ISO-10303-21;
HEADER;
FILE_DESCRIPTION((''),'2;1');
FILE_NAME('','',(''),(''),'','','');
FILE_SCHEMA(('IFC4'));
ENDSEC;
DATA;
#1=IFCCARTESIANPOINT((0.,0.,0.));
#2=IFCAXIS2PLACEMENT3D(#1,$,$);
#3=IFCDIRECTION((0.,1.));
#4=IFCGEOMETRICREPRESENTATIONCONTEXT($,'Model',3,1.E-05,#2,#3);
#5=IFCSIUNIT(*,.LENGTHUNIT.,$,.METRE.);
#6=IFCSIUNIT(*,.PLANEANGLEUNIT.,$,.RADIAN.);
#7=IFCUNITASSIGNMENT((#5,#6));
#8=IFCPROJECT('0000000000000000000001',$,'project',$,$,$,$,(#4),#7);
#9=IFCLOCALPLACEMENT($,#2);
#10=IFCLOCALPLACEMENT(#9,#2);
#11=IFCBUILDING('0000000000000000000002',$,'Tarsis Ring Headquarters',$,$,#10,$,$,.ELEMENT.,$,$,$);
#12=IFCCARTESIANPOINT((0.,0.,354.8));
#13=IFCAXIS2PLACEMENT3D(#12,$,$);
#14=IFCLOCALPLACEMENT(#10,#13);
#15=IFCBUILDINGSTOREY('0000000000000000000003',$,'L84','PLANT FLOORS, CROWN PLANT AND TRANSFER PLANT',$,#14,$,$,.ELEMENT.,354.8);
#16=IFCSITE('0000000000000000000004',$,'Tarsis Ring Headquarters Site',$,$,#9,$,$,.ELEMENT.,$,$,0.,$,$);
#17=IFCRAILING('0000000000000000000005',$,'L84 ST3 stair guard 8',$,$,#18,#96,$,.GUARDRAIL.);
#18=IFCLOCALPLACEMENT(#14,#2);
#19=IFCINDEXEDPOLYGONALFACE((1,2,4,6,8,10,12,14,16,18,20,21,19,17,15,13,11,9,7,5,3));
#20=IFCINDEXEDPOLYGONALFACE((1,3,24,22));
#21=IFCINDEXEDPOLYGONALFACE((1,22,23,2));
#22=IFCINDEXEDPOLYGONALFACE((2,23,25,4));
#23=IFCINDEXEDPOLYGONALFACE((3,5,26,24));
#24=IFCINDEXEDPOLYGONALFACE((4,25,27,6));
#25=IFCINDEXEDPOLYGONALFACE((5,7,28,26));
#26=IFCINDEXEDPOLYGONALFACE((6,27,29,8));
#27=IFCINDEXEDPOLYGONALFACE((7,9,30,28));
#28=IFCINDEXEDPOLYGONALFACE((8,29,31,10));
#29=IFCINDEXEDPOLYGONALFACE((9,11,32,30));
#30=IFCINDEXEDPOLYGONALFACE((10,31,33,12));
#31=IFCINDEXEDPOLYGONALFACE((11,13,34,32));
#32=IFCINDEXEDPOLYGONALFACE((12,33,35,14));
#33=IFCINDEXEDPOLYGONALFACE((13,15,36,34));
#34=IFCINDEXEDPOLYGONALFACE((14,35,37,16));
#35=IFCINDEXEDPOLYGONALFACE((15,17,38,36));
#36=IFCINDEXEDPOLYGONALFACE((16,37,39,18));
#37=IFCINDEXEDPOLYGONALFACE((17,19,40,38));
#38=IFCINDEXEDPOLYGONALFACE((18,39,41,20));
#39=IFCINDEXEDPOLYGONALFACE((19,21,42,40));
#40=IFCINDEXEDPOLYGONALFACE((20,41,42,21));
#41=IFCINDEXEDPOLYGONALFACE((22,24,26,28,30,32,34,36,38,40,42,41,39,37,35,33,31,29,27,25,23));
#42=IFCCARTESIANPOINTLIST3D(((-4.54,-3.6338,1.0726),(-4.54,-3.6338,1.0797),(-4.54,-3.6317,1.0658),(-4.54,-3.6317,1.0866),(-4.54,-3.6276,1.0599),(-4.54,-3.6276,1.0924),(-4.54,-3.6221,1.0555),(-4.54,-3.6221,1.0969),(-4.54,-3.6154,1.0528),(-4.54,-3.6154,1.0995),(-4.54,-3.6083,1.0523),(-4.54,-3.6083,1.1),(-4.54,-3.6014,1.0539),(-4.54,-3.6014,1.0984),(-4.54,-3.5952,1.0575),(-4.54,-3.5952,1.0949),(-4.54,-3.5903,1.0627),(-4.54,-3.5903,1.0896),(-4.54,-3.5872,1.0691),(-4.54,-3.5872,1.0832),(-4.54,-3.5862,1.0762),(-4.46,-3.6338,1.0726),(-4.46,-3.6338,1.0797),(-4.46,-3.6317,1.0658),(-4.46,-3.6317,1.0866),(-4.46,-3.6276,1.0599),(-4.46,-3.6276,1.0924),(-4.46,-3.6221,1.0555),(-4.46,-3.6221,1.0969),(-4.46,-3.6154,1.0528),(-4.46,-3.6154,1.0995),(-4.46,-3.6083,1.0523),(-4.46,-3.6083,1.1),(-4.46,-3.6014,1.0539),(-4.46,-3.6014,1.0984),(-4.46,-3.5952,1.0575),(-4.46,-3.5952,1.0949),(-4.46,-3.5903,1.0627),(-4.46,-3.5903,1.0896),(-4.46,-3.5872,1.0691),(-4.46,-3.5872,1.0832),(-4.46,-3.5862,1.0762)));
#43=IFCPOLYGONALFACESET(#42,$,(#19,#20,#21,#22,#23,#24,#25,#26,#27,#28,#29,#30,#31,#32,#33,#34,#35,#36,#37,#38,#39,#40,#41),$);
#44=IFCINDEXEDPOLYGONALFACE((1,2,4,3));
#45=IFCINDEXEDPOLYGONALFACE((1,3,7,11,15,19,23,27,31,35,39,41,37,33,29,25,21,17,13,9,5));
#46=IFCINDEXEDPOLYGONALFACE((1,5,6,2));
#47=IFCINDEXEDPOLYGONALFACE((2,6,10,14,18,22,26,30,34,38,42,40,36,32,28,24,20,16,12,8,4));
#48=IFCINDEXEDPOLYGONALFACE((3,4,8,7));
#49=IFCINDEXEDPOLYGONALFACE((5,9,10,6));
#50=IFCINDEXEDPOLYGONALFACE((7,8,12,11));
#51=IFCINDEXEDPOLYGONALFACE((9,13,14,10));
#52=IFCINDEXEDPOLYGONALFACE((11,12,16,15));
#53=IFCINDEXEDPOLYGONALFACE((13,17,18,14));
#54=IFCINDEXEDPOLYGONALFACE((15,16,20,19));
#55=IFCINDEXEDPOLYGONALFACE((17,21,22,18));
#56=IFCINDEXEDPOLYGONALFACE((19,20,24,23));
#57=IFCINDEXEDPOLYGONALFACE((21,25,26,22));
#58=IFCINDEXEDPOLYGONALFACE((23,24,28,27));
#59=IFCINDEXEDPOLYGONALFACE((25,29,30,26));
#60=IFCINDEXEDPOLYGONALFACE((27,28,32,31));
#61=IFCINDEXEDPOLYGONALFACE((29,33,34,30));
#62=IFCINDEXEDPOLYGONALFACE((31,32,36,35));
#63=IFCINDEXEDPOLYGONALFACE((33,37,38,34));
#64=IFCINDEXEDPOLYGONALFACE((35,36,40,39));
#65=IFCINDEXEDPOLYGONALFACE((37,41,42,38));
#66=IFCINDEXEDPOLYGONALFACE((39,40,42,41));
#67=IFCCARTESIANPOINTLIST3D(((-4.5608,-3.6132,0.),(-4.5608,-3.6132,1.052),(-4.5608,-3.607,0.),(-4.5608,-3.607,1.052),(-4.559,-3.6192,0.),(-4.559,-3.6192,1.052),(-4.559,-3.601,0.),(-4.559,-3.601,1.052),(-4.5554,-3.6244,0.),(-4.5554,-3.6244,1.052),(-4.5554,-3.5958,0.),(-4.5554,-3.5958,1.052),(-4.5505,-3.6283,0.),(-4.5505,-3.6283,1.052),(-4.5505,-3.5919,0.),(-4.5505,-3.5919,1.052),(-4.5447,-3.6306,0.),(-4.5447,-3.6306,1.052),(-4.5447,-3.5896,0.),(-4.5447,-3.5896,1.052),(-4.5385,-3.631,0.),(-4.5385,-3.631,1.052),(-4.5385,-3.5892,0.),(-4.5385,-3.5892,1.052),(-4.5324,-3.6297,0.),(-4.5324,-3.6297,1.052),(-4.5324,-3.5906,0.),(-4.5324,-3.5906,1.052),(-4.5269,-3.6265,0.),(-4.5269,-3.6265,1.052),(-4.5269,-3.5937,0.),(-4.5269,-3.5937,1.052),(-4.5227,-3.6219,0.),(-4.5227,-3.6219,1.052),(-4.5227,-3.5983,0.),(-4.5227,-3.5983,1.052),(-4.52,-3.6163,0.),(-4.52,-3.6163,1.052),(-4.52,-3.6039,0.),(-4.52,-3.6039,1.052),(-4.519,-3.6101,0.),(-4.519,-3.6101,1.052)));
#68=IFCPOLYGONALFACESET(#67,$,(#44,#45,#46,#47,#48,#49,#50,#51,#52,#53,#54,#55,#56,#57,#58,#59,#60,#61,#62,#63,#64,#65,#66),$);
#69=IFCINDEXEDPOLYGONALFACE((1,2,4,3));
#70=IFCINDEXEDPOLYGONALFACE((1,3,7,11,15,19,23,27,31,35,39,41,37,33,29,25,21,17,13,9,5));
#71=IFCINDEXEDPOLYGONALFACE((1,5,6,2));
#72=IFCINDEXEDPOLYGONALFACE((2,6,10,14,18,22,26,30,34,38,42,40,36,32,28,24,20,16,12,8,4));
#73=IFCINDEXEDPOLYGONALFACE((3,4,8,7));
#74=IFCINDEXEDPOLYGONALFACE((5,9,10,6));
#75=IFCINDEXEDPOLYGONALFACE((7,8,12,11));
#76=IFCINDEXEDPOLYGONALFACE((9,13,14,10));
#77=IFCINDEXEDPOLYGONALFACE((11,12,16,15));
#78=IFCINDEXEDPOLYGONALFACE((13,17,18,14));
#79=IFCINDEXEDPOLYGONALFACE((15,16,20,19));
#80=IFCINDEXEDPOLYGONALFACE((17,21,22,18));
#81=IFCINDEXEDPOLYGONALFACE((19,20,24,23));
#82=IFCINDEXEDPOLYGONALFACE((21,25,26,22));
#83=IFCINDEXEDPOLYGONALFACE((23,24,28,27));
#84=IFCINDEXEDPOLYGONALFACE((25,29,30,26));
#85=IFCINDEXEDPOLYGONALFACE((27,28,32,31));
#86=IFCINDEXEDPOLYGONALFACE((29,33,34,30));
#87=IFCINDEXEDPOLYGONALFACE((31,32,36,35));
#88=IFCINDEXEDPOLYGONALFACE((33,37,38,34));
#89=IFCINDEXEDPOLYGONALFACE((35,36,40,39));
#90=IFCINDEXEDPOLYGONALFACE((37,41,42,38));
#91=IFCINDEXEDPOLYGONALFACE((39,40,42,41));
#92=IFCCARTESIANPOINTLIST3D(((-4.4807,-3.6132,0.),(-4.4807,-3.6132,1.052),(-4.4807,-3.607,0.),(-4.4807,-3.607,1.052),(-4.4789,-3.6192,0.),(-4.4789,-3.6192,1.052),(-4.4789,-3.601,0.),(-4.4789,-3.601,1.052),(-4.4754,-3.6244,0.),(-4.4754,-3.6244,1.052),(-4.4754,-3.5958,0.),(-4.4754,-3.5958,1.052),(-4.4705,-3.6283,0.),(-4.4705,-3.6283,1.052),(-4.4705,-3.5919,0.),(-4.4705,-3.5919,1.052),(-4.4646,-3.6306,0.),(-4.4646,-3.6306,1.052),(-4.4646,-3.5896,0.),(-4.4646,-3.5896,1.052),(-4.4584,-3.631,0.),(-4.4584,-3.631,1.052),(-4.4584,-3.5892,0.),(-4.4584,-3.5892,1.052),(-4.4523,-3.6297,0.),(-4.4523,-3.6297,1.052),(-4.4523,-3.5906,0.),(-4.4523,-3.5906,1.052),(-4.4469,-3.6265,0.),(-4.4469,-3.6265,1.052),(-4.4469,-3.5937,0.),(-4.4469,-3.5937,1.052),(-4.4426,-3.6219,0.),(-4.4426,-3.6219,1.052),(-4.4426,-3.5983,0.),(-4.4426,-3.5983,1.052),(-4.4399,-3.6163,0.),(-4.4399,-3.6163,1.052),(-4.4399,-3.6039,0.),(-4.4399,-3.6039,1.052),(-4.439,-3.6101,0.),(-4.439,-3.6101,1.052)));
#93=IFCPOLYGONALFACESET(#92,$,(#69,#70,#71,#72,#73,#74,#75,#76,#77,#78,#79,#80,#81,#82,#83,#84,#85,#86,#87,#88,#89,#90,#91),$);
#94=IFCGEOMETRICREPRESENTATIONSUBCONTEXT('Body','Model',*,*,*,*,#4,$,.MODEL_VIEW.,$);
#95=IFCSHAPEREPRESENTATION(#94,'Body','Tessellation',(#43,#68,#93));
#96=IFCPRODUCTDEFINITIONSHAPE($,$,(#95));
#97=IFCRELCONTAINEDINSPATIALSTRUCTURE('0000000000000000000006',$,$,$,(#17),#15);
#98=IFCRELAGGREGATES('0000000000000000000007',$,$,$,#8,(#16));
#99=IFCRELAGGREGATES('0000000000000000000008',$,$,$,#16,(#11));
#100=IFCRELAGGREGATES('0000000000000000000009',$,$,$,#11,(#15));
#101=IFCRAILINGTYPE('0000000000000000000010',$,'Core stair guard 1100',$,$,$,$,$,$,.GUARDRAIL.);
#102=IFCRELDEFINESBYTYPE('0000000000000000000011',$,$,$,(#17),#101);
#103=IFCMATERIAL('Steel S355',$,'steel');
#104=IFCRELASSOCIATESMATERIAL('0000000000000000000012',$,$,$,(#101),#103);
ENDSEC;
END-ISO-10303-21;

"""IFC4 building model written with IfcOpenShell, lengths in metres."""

from ifc_helpers import new_model, si_unit, direction, frame, origin, origin_2d, place, context, subcontext, project, spatial, circle, extrude, material, type_object, element, save


model = new_model("IFC4")

# Units and contexts
model_context = context("Model", 3, precision=1e-05, world=origin(), true_north=direction((0.0, 1.0)))
body_context = subcontext(model_context, "Body", "Model", "MODEL_VIEW")
ifc_project = project(units=[si_unit("LENGTHUNIT", "METRE"), si_unit("PLANEANGLEUNIT", "RADIAN")], contexts=[model_context])

# Site, building, storey
site_placement = place(None, origin())
site = spatial("IfcSite", under=ifc_project, at=site_placement, Name="Tarsis Ring Headquarters Site", CompositionType="ELEMENT", RefElevation=0.0)
building_placement = place(site_placement, origin())
building = spatial("IfcBuilding", under=site, at=building_placement, Name="Tarsis Ring Headquarters", CompositionType="ELEMENT")
storey_placement = place(building_placement, frame((0.0, 0.0, 354.8)))
storey = spatial("IfcBuildingStorey", under=building, at=storey_placement, Name="L84", Description="PLANT FLOORS, CROWN PLANT AND TRANSFER PLANT", CompositionType="ELEMENT", Elevation=354.8)

# Railing
ifc_material_1 = material(Name="Steel S355", Category="steel")
railing_type_1 = type_object("IfcRailingType", Name="Core stair guard 1100", PredefinedType="GUARDRAIL", material=ifc_material_1)
railing_1_placement = place(storey_placement, frame((-4.54, -3.6101, 0.0)))
element("IfcRailing", 1, at=railing_1_placement, inside=storey, type_object=railing_type_1, Name="L84 ST3 stair guard 8", PredefinedType="GUARDRAIL", context=body_context, shape_type="SweptSolid", body=[
    extrude(circle(Radius=0.0239, at=origin_2d()), frame((0.0, 0.0, 1.0762), z_axis=(1.0, 0.0, 0.0), x_axis=(0.0, 1.0, 0.0)), (0.0, 0.0, 1.0), 0.0801),
    extrude(circle(Radius=0.021, at=origin_2d()), origin(), (0.0, 0.0, 1.0), 1.052),
    extrude(circle(Radius=0.021, at=origin_2d()), frame((0.0801, 0.0, 0.0)), (0.0, 0.0, 1.0), 1.052),
])

save(model, "model.ifc")
